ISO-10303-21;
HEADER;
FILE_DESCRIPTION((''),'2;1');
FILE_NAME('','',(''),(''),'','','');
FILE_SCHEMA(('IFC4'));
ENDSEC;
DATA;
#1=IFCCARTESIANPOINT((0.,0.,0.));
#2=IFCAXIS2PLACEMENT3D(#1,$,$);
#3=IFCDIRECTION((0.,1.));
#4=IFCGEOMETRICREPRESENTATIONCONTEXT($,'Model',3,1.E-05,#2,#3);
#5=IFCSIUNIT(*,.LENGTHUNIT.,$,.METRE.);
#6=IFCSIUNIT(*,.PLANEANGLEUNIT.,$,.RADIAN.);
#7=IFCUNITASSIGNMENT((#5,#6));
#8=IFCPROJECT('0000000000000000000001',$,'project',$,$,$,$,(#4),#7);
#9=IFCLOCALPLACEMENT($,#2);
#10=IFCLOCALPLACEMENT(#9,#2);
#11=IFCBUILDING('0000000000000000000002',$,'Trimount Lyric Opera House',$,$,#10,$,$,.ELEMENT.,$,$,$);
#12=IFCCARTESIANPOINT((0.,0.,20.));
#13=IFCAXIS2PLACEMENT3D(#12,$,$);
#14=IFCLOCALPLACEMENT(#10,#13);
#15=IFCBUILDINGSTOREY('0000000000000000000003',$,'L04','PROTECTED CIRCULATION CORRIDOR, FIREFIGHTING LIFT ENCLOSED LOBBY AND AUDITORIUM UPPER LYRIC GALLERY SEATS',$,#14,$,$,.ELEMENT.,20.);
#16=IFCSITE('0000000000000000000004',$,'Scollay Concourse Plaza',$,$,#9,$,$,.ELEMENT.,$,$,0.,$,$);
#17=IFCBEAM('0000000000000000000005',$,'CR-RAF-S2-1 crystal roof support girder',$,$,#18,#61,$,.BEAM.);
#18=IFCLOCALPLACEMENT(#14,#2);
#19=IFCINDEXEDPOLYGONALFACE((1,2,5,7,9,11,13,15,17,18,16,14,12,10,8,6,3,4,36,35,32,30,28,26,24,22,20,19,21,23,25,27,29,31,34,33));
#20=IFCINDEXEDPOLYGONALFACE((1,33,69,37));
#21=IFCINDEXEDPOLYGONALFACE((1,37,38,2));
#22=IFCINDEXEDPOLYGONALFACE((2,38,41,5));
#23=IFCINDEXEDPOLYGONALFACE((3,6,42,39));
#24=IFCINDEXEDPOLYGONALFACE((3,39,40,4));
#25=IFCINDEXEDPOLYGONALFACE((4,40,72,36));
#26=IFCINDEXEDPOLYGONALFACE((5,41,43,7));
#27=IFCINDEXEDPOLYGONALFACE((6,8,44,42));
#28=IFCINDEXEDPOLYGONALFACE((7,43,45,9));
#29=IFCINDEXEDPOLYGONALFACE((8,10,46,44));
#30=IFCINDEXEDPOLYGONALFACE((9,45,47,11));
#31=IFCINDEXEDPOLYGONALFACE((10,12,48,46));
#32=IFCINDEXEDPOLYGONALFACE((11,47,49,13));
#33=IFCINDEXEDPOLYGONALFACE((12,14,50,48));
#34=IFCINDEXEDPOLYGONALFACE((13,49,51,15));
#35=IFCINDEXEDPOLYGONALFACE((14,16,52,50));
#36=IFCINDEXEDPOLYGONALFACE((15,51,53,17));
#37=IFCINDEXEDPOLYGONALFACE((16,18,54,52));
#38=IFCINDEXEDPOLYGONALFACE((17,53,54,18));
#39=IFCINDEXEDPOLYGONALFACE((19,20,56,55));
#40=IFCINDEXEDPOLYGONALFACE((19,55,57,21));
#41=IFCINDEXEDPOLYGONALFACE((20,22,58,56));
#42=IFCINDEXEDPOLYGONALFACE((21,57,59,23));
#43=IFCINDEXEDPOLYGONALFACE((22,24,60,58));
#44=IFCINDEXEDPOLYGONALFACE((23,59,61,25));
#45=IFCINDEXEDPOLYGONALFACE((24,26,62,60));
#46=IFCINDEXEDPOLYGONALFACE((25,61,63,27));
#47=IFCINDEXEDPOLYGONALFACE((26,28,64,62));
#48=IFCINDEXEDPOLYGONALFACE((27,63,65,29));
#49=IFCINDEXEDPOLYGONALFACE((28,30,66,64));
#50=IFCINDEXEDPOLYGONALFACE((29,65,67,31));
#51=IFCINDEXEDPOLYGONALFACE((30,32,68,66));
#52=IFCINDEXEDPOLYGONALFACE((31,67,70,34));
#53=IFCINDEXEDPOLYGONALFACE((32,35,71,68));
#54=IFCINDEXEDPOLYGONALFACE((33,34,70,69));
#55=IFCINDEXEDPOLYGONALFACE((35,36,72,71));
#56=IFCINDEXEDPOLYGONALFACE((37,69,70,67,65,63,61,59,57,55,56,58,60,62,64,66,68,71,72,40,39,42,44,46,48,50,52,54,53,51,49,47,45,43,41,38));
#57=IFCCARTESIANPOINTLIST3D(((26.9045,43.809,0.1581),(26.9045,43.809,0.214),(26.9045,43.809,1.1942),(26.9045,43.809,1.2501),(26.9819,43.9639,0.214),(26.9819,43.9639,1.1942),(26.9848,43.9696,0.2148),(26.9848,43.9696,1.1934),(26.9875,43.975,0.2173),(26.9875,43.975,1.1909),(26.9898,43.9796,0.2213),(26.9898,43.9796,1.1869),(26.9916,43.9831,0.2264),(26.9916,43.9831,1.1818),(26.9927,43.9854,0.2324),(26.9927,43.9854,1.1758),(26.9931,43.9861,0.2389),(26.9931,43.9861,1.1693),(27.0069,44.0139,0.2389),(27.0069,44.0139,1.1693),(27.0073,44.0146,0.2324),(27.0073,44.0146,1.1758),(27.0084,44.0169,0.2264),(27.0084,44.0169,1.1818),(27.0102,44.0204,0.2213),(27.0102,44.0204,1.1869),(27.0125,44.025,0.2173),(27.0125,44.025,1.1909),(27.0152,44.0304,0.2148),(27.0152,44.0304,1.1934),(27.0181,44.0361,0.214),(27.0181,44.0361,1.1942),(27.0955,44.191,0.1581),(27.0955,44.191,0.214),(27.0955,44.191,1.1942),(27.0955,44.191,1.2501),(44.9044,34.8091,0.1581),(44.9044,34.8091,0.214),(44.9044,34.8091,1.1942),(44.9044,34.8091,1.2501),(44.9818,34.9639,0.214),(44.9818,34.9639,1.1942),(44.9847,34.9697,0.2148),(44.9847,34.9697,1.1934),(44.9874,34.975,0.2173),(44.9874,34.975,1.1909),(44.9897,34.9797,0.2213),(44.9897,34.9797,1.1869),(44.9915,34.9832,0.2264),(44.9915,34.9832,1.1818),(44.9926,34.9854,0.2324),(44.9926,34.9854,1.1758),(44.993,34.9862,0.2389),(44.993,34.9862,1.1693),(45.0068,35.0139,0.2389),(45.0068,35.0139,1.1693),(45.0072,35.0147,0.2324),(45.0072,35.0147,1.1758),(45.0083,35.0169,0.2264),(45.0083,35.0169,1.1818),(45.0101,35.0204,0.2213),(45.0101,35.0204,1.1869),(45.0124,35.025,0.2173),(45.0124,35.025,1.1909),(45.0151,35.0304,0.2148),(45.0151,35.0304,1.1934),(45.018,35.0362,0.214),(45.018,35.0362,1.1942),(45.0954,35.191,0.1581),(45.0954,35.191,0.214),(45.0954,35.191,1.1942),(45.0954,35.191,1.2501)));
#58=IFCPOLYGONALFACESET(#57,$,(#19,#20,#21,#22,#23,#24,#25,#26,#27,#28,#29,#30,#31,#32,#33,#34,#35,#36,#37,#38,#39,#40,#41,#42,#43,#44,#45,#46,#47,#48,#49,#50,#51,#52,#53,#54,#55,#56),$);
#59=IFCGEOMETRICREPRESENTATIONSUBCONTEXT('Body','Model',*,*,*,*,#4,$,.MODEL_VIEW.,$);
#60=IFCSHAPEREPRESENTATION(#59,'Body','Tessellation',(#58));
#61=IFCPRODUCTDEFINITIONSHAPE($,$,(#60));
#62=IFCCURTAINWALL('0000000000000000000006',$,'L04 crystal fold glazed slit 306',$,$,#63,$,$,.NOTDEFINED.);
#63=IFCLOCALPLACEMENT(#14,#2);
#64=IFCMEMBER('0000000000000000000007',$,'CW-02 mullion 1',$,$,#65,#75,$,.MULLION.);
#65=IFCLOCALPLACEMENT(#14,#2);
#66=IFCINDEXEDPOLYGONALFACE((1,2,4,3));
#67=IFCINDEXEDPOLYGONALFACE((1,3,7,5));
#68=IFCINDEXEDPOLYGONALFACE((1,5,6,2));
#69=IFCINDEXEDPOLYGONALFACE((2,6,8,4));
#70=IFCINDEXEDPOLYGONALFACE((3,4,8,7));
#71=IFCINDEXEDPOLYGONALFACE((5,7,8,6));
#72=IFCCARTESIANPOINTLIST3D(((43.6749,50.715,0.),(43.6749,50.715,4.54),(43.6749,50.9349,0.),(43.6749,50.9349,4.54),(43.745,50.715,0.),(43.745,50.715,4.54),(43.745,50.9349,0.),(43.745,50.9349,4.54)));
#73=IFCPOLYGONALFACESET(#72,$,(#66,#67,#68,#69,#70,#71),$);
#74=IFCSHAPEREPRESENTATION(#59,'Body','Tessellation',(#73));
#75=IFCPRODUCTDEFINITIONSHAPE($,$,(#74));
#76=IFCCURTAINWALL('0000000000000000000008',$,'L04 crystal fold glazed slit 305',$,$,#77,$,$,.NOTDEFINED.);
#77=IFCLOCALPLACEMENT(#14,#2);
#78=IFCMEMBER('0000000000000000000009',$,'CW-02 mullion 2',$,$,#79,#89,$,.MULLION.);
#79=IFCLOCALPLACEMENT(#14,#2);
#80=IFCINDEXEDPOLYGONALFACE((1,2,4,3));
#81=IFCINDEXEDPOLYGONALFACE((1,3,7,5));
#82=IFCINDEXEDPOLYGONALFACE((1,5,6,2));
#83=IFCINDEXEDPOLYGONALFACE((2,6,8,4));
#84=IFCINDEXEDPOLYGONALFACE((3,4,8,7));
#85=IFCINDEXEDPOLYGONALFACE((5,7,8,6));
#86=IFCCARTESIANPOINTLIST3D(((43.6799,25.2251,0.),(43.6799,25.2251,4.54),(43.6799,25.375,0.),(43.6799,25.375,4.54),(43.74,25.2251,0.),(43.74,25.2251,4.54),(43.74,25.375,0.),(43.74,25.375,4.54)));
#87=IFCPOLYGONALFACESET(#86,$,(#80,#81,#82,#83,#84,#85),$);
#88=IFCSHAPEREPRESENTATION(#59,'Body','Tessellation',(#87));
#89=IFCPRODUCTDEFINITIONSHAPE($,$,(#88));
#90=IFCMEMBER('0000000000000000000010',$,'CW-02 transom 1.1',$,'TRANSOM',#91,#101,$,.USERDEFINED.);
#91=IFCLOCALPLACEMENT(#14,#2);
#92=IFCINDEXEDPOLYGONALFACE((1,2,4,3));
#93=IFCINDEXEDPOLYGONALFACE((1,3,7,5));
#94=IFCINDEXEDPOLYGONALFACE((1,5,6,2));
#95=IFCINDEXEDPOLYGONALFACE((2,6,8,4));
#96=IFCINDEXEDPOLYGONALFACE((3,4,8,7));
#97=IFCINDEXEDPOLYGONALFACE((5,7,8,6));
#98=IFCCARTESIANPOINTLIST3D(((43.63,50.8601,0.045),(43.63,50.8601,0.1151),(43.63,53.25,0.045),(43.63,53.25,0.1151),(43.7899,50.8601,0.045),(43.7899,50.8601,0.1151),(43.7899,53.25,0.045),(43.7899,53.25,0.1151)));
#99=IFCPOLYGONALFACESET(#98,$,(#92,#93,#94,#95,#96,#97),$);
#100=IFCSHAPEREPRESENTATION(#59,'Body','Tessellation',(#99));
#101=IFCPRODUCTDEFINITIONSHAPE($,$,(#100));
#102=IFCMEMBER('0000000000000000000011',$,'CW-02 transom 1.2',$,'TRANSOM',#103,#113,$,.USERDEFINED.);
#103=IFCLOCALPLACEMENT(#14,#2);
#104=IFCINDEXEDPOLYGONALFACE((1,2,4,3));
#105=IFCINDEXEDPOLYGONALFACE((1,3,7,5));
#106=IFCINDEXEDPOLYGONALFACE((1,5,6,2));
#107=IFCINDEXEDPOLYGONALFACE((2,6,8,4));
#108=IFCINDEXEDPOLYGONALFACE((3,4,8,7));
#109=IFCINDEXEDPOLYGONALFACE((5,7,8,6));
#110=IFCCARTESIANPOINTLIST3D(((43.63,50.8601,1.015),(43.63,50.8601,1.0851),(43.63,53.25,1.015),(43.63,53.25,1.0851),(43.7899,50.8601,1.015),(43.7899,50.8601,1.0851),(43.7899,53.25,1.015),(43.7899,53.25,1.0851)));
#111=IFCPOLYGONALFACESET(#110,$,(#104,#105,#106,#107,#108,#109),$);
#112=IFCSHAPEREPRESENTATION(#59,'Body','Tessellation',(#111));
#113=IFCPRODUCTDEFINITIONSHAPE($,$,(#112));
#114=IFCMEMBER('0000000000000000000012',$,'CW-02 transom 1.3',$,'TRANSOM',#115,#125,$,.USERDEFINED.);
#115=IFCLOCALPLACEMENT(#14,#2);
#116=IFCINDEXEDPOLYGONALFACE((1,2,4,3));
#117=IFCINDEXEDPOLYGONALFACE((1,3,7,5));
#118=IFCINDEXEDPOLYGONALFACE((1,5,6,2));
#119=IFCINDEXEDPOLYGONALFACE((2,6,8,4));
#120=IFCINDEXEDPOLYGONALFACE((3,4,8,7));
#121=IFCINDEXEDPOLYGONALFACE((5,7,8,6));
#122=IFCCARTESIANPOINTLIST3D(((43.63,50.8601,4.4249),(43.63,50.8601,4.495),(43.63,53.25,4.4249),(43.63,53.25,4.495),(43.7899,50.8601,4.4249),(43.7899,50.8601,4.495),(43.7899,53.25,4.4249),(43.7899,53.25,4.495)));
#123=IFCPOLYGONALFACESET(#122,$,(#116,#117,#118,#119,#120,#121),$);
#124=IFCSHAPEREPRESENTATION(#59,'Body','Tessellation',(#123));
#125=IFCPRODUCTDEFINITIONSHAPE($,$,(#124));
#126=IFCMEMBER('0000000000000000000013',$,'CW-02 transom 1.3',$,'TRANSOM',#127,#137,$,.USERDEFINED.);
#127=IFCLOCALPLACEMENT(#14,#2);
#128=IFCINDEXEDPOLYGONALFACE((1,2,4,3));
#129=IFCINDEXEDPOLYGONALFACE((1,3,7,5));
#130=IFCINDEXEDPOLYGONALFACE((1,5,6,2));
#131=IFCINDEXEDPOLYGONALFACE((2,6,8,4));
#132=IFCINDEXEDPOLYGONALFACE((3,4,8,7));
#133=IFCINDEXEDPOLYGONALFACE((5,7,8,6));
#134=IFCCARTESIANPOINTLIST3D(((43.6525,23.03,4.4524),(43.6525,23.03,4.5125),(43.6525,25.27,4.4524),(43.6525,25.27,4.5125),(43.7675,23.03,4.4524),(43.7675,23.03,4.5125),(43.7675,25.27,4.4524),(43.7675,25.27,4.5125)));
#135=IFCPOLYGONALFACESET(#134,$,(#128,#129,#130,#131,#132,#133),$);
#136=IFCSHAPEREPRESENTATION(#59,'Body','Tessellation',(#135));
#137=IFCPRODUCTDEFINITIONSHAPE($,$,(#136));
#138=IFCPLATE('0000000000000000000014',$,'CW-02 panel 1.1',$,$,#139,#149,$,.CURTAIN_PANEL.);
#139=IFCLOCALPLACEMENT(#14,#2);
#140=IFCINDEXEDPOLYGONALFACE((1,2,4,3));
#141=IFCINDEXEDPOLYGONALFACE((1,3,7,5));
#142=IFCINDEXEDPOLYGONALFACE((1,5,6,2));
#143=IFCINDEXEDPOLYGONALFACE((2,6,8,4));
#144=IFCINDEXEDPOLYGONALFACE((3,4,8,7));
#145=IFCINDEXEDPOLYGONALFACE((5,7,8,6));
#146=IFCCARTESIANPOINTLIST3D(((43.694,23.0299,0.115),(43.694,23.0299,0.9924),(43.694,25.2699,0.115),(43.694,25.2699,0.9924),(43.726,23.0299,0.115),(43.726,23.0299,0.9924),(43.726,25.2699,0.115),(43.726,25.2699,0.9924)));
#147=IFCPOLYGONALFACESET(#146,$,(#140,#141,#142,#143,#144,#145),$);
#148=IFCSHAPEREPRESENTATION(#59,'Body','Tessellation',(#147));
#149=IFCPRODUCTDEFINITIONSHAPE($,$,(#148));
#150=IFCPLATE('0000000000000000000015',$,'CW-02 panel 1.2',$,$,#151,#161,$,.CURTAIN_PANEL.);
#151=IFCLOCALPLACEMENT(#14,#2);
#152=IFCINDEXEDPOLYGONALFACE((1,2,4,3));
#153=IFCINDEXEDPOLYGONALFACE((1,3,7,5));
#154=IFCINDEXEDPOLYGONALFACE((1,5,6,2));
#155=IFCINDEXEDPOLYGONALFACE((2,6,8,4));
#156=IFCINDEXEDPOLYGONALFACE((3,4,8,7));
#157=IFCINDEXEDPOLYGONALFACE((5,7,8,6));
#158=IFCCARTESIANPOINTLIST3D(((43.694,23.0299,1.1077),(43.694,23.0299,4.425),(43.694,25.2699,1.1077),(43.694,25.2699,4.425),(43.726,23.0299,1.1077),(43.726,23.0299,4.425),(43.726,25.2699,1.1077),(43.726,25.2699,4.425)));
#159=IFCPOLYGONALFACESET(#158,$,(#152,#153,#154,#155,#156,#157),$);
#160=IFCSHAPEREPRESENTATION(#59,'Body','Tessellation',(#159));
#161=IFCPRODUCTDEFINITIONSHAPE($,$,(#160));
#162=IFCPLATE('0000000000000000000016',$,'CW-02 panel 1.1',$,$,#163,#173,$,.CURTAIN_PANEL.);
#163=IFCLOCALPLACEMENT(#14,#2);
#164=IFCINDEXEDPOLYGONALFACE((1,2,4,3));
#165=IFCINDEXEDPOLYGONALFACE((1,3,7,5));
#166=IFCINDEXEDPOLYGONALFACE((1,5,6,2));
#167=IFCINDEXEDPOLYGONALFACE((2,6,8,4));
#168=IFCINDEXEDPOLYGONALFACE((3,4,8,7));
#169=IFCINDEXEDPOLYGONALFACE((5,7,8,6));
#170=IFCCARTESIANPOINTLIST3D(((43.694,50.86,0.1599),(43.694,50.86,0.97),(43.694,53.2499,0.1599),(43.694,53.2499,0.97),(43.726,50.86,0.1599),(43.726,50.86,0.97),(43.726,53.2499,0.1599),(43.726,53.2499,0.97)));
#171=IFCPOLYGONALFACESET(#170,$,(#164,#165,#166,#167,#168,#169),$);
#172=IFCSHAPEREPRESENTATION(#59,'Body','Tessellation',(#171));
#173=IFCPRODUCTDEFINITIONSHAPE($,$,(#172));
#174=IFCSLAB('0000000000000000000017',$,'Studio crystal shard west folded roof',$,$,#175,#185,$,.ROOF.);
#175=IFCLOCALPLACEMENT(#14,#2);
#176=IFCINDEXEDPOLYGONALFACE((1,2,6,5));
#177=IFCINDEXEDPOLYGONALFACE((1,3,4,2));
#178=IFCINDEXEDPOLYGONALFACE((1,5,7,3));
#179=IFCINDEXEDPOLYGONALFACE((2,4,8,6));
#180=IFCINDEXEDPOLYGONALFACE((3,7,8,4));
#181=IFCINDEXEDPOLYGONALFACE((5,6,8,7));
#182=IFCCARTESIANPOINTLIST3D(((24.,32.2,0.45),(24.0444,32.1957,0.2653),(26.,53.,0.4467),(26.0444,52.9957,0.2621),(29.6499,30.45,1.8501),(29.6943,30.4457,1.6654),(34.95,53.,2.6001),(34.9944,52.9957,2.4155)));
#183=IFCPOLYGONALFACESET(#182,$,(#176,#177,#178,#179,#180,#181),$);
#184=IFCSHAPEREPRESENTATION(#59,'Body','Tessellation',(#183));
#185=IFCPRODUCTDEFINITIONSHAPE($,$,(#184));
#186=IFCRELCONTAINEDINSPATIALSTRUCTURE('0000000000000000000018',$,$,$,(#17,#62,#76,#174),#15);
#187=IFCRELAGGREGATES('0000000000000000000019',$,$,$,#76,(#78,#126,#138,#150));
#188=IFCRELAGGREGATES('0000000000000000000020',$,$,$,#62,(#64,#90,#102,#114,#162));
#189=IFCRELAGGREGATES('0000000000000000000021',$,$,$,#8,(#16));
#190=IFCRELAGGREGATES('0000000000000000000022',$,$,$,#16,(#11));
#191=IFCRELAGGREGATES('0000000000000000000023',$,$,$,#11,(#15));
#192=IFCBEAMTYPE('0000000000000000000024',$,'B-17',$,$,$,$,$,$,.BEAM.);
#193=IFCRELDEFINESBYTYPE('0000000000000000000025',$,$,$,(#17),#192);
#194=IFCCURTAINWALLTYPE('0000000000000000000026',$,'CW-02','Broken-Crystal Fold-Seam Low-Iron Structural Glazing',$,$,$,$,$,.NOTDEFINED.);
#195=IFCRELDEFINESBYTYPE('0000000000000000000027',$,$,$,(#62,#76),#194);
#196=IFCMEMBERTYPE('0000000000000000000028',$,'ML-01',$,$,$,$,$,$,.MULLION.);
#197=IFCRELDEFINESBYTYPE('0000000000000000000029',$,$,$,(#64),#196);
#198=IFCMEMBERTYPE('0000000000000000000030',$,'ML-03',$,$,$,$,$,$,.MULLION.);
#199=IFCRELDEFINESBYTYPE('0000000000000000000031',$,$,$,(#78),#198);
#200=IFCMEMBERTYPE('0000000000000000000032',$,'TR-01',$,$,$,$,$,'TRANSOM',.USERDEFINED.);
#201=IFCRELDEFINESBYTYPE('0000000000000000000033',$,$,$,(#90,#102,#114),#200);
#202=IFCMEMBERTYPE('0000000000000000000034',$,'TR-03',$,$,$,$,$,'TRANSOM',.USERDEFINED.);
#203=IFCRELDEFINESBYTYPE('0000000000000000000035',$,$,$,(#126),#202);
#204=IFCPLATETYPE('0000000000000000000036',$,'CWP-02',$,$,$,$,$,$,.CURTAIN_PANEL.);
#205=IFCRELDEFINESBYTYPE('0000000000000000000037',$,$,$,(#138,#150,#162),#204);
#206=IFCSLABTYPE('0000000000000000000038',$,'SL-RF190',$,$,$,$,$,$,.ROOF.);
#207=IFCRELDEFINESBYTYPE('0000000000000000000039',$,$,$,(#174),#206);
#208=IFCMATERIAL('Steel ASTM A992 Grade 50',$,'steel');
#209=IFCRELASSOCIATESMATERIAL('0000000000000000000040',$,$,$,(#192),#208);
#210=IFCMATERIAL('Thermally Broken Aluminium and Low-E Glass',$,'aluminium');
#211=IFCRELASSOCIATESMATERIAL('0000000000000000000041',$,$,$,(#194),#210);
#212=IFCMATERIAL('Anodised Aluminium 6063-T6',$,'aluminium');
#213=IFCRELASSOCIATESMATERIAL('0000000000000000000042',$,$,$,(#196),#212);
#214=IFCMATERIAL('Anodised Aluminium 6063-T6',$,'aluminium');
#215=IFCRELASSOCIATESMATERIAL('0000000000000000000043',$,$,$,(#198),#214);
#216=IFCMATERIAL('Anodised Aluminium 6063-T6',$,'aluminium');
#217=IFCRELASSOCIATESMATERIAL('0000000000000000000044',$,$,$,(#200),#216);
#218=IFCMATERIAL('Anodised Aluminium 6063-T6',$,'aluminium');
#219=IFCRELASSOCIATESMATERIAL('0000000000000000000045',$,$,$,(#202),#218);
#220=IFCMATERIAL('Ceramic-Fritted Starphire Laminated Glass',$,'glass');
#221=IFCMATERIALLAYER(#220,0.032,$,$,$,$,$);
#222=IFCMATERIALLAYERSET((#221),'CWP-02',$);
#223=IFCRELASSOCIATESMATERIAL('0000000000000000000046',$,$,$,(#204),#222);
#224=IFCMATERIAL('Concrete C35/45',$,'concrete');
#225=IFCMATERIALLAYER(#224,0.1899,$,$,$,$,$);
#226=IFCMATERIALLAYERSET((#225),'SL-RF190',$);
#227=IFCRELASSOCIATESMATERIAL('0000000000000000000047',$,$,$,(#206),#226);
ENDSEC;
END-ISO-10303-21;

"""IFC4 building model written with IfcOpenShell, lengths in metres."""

from ifc_helpers import new_model, si_unit, direction, frame, origin, origin_2d, place, context, subcontext, project, spatial, polyline, rectangle, i_section, outline, extrude, material, layer, layer_set, material_profile, profile_set, type_object, element, aggregate, save


model = new_model("IFC4")

# Units and contexts
model_context = context("Model", 3, precision=1e-05, world=origin(), true_north=direction((0.0, 1.0)))
body_context = subcontext(model_context, "Body", "Model", "MODEL_VIEW")
ifc_project = project(units=[si_unit("LENGTHUNIT", "METRE"), si_unit("PLANEANGLEUNIT", "RADIAN")], contexts=[model_context])

# Site, building, storey
site_placement = place(None, origin())
site = spatial("IfcSite", under=ifc_project, at=site_placement, Name="Scollay Concourse Plaza", CompositionType="ELEMENT", RefElevation=0.0)
building_placement = place(site_placement, origin())
building = spatial("IfcBuilding", under=site, at=building_placement, Name="Trimount Lyric Opera House", CompositionType="ELEMENT")
storey_placement = place(building_placement, frame((0.0, 0.0, 20.0)))
storey = spatial("IfcBuildingStorey", under=building, at=storey_placement, Name="L04", Description="PROTECTED CIRCULATION CORRIDOR, FIREFIGHTING LIFT ENCLOSED LOBBY AND AUDITORIUM UPPER LYRIC GALLERY SEATS", CompositionType="ELEMENT", Elevation=20.0)

# Beam
ifc_material_1 = material(Name="Steel ASTM A992 Grade 50", Category="steel")
ifc_material_profile_1 = material_profile(ifc_material_1, i_section(OverallWidth=0.427, OverallDepth=1.092, WebThickness=0.031, FlangeThickness=0.0559, FilletRadius=0.0249, at=origin_2d()), Name="W40X397")
ifc_profile_set_1 = profile_set([ifc_material_profile_1], Name="Steel ASTM A992 Grade 50")
beam_type = type_object("IfcBeamType", Name="B-17", PredefinedType="BEAM", material=ifc_profile_set_1)
beam_1_placement = place(storey_placement, frame((27.0, 44.0, 0.7041), z_axis=(0.894427, -0.447214, 0.0), x_axis=(0.447214, 0.894427, 0.0)))
element("IfcBeam", 1, at=beam_1_placement, inside=storey, type_object=beam_type, Name="CR-RAF-S2-1 crystal roof support girder", PredefinedType="BEAM", context=body_context, shape_type="SweptSolid", body=[
    extrude(i_section(OverallWidth=0.427, OverallDepth=1.092, WebThickness=0.031, FlangeThickness=0.0559, FilletRadius=0.0249, at=origin_2d()), origin(), (0.0, 0.0, 1.0), 20.1245),
])

# Curtain walls, members
ifc_material_2 = material(Name="Thermally Broken Aluminium and Low-E Glass", Category="aluminium")
curtain_wall_type = type_object("IfcCurtainWallType", Name="CW-02", Description="Broken-Crystal Fold-Seam Low-Iron Structural Glazing", PredefinedType="NOTDEFINED", material=ifc_material_2)
curtain_wall_1_placement = place(storey_placement, origin())
curtain_wall_1 = element("IfcCurtainWall", 2, at=curtain_wall_1_placement, inside=storey, type_object=curtain_wall_type, Name="L04 crystal fold glazed slit 306", PredefinedType="NOTDEFINED")
ifc_material_3 = material(Name="Anodised Aluminium 6063-T6", Category="aluminium")
ifc_material_profile_2 = material_profile(ifc_material_3, rectangle(XDim=0.0701, YDim=0.22, at=origin_2d()), Name="ALU-MULL-70X220")
ifc_profile_set_2 = profile_set([ifc_material_profile_2], Name="Anodised Aluminium 6063-T6")
member_type_1 = type_object("IfcMemberType", Name="ML-01", PredefinedType="MULLION", material=ifc_profile_set_2)
member_1_placement = place(storey_placement, frame((43.71, 50.825, 0.0), z_axis=(0.0, 0.0, 1.0), x_axis=(-1.0, 0.0, 0.0)))
member_1 = element("IfcMember", 3, at=member_1_placement, type_object=member_type_1, Name="CW-02 mullion 1", PredefinedType="MULLION", context=body_context, shape_type="SweptSolid", body=[
    extrude(rectangle(XDim=0.0701, YDim=0.22, at=origin_2d()), origin(), (0.0, 0.0, 1.0), 4.54),
])
curtain_wall_2_placement = place(storey_placement, origin())
curtain_wall_2 = element("IfcCurtainWall", 4, at=curtain_wall_2_placement, inside=storey, type_object=curtain_wall_type, Name="L04 crystal fold glazed slit 305", PredefinedType="NOTDEFINED")
ifc_material_4 = material(Name="Anodised Aluminium 6063-T6", Category="aluminium")
ifc_material_profile_3 = material_profile(ifc_material_4, rectangle(XDim=0.0601, YDim=0.1499, at=origin_2d()), Name="ALU-MULL-60X150")
ifc_profile_set_3 = profile_set([ifc_material_profile_3], Name="Anodised Aluminium 6063-T6")
member_type_2 = type_object("IfcMemberType", Name="ML-03", PredefinedType="MULLION", material=ifc_profile_set_3)
member_2_placement = place(storey_placement, frame((43.71, 25.3, 0.0), z_axis=(0.0, 0.0, 1.0), x_axis=(-1.0, 0.0, 0.0)))
member_2 = element("IfcMember", 5, at=member_2_placement, type_object=member_type_2, Name="CW-02 mullion 2", PredefinedType="MULLION", context=body_context, shape_type="SweptSolid", body=[
    extrude(rectangle(XDim=0.0601, YDim=0.1499, at=origin_2d()), origin(), (0.0, 0.0, 1.0), 4.54),
])

# Members
ifc_material_5 = material(Name="Anodised Aluminium 6063-T6", Category="aluminium")
ifc_material_profile_4 = material_profile(ifc_material_5, rectangle(XDim=0.1599, YDim=0.0701, at=origin_2d()), Name="ALU-TRAN-70X160")
ifc_profile_set_4 = profile_set([ifc_material_profile_4], Name="Anodised Aluminium 6063-T6")
member_type_3 = type_object("IfcMemberType", Name="TR-01", ElementType="TRANSOM", PredefinedType="USERDEFINED", material=ifc_profile_set_4)
member_3_placement = place(storey_placement, frame((43.71, 50.8601, 0.0801), z_axis=(0.0, 1.0, 0.0), x_axis=(-1.0, 0.0, 0.0)))
member_3 = element("IfcMember", 6, at=member_3_placement, type_object=member_type_3, Name="CW-02 transom 1.1", ObjectType="TRANSOM", PredefinedType="USERDEFINED", context=body_context, shape_type="SweptSolid", body=[
    extrude(rectangle(XDim=0.1599, YDim=0.0701, at=origin_2d()), origin(), (0.0, 0.0, 1.0), 2.3899),
])
member_4_placement = place(storey_placement, frame((43.71, 50.8601, 1.05), z_axis=(0.0, 1.0, 0.0), x_axis=(-1.0, 0.0, 0.0)))
member_4 = element("IfcMember", 7, at=member_4_placement, type_object=member_type_3, Name="CW-02 transom 1.2", ObjectType="TRANSOM", PredefinedType="USERDEFINED", context=body_context, shape_type="SweptSolid", body=[
    extrude(rectangle(XDim=0.1599, YDim=0.0701, at=origin_2d()), origin(), (0.0, 0.0, 1.0), 2.3899),
])
member_5_placement = place(storey_placement, frame((43.71, 50.8601, 4.46), z_axis=(0.0, 1.0, 0.0), x_axis=(-1.0, 0.0, 0.0)))
member_5 = element("IfcMember", 8, at=member_5_placement, type_object=member_type_3, Name="CW-02 transom 1.3", ObjectType="TRANSOM", PredefinedType="USERDEFINED", context=body_context, shape_type="SweptSolid", body=[
    extrude(rectangle(XDim=0.1599, YDim=0.0701, at=origin_2d()), origin(), (0.0, 0.0, 1.0), 2.3899),
])
ifc_material_6 = material(Name="Anodised Aluminium 6063-T6", Category="aluminium")
ifc_material_profile_5 = material_profile(ifc_material_6, rectangle(XDim=0.115, YDim=0.0601, at=origin_2d()), Name="ALU-TRAN-60X115")
ifc_profile_set_5 = profile_set([ifc_material_profile_5], Name="Anodised Aluminium 6063-T6")
member_type_4 = type_object("IfcMemberType", Name="TR-03", ElementType="TRANSOM", PredefinedType="USERDEFINED", material=ifc_profile_set_5)
member_6_placement = place(storey_placement, frame((43.71, 23.03, 4.4824), z_axis=(0.0, 1.0, 0.0), x_axis=(-1.0, 0.0, 0.0)))
member_6 = element("IfcMember", 9, at=member_6_placement, type_object=member_type_4, Name="CW-02 transom 1.3", ObjectType="TRANSOM", PredefinedType="USERDEFINED", context=body_context, shape_type="SweptSolid", body=[
    extrude(rectangle(XDim=0.115, YDim=0.0601, at=origin_2d()), origin(), (0.0, 0.0, 1.0), 2.24),
])

# Plates
ifc_material_7 = material(Name="Ceramic-Fritted Starphire Laminated Glass", Category="glass")
ifc_layer_1 = layer(ifc_material_7, 0.032)
ifc_layer_set_1 = layer_set([ifc_layer_1], Name="CWP-02")
plate_type = type_object("IfcPlateType", Name="CWP-02", PredefinedType="CURTAIN_PANEL", material=ifc_layer_set_1)
plate_1_placement = place(storey_placement, frame((43.71, 24.1499, 0.115), z_axis=(0.0, 0.0, 1.0), x_axis=(0.0, 1.0, 0.0)))
plate_1 = element("IfcPlate", 10, at=plate_1_placement, type_object=plate_type, Name="CW-02 panel 1.1", PredefinedType="CURTAIN_PANEL", context=body_context, shape_type="SweptSolid", body=[
    extrude(rectangle(XDim=2.24, YDim=0.032, at=origin_2d()), origin(), (0.0, 0.0, 1.0), 0.8774),
])
plate_2_placement = place(storey_placement, frame((43.71, 24.1499, 1.1077), z_axis=(0.0, 0.0, 1.0), x_axis=(0.0, 1.0, 0.0)))
plate_2 = element("IfcPlate", 11, at=plate_2_placement, type_object=plate_type, Name="CW-02 panel 1.2", PredefinedType="CURTAIN_PANEL", context=body_context, shape_type="SweptSolid", body=[
    extrude(rectangle(XDim=2.24, YDim=0.032, at=origin_2d()), origin(), (0.0, 0.0, 1.0), 3.3174),
])
aggregate(curtain_wall_2, [member_2, member_6, plate_1, plate_2])
plate_3_placement = place(storey_placement, frame((43.71, 52.0549, 0.1599), z_axis=(0.0, 0.0, 1.0), x_axis=(0.0, 1.0, 0.0)))
plate_3 = element("IfcPlate", 12, at=plate_3_placement, type_object=plate_type, Name="CW-02 panel 1.1", PredefinedType="CURTAIN_PANEL", context=body_context, shape_type="SweptSolid", body=[
    extrude(rectangle(XDim=2.3899, YDim=0.032, at=origin_2d()), origin(), (0.0, 0.0, 1.0), 0.8101),
])
aggregate(curtain_wall_1, [member_1, member_3, member_4, member_5, plate_3])

# Slab
ifc_material_8 = material(Name="Concrete C35/45", Category="concrete")
ifc_layer_2 = layer(ifc_material_8, 0.1899)
ifc_layer_set_2 = layer_set([ifc_layer_2], Name="SL-RF190")
slab_type_1 = type_object("IfcSlabType", Name="SL-RF190", PredefinedType="ROOF", material=ifc_layer_set_2)
slab_1_placement = place(storey_placement, frame((24.0, 32.2, 0.45), z_axis=(-0.233864, 0.022637, 0.972006), x_axis=(0.929539, -0.287915, 0.230351)))
element("IfcSlab", 13, at=slab_1_placement, inside=storey, type_object=slab_type_1, Name="Studio crystal shard west folded roof", PredefinedType="ROOF", context=body_context, shape_type="SweptSolid", body=[
    extrude(outline(polyline([(0.0, 0.0), (6.0782, 0.0), (4.685, 23.1348), (-4.1303, 20.4837), (0.0, 0.0)])), origin(), (0.0, 0.0, -1.0), 0.1899),
])

save(model, "model.ifc")
